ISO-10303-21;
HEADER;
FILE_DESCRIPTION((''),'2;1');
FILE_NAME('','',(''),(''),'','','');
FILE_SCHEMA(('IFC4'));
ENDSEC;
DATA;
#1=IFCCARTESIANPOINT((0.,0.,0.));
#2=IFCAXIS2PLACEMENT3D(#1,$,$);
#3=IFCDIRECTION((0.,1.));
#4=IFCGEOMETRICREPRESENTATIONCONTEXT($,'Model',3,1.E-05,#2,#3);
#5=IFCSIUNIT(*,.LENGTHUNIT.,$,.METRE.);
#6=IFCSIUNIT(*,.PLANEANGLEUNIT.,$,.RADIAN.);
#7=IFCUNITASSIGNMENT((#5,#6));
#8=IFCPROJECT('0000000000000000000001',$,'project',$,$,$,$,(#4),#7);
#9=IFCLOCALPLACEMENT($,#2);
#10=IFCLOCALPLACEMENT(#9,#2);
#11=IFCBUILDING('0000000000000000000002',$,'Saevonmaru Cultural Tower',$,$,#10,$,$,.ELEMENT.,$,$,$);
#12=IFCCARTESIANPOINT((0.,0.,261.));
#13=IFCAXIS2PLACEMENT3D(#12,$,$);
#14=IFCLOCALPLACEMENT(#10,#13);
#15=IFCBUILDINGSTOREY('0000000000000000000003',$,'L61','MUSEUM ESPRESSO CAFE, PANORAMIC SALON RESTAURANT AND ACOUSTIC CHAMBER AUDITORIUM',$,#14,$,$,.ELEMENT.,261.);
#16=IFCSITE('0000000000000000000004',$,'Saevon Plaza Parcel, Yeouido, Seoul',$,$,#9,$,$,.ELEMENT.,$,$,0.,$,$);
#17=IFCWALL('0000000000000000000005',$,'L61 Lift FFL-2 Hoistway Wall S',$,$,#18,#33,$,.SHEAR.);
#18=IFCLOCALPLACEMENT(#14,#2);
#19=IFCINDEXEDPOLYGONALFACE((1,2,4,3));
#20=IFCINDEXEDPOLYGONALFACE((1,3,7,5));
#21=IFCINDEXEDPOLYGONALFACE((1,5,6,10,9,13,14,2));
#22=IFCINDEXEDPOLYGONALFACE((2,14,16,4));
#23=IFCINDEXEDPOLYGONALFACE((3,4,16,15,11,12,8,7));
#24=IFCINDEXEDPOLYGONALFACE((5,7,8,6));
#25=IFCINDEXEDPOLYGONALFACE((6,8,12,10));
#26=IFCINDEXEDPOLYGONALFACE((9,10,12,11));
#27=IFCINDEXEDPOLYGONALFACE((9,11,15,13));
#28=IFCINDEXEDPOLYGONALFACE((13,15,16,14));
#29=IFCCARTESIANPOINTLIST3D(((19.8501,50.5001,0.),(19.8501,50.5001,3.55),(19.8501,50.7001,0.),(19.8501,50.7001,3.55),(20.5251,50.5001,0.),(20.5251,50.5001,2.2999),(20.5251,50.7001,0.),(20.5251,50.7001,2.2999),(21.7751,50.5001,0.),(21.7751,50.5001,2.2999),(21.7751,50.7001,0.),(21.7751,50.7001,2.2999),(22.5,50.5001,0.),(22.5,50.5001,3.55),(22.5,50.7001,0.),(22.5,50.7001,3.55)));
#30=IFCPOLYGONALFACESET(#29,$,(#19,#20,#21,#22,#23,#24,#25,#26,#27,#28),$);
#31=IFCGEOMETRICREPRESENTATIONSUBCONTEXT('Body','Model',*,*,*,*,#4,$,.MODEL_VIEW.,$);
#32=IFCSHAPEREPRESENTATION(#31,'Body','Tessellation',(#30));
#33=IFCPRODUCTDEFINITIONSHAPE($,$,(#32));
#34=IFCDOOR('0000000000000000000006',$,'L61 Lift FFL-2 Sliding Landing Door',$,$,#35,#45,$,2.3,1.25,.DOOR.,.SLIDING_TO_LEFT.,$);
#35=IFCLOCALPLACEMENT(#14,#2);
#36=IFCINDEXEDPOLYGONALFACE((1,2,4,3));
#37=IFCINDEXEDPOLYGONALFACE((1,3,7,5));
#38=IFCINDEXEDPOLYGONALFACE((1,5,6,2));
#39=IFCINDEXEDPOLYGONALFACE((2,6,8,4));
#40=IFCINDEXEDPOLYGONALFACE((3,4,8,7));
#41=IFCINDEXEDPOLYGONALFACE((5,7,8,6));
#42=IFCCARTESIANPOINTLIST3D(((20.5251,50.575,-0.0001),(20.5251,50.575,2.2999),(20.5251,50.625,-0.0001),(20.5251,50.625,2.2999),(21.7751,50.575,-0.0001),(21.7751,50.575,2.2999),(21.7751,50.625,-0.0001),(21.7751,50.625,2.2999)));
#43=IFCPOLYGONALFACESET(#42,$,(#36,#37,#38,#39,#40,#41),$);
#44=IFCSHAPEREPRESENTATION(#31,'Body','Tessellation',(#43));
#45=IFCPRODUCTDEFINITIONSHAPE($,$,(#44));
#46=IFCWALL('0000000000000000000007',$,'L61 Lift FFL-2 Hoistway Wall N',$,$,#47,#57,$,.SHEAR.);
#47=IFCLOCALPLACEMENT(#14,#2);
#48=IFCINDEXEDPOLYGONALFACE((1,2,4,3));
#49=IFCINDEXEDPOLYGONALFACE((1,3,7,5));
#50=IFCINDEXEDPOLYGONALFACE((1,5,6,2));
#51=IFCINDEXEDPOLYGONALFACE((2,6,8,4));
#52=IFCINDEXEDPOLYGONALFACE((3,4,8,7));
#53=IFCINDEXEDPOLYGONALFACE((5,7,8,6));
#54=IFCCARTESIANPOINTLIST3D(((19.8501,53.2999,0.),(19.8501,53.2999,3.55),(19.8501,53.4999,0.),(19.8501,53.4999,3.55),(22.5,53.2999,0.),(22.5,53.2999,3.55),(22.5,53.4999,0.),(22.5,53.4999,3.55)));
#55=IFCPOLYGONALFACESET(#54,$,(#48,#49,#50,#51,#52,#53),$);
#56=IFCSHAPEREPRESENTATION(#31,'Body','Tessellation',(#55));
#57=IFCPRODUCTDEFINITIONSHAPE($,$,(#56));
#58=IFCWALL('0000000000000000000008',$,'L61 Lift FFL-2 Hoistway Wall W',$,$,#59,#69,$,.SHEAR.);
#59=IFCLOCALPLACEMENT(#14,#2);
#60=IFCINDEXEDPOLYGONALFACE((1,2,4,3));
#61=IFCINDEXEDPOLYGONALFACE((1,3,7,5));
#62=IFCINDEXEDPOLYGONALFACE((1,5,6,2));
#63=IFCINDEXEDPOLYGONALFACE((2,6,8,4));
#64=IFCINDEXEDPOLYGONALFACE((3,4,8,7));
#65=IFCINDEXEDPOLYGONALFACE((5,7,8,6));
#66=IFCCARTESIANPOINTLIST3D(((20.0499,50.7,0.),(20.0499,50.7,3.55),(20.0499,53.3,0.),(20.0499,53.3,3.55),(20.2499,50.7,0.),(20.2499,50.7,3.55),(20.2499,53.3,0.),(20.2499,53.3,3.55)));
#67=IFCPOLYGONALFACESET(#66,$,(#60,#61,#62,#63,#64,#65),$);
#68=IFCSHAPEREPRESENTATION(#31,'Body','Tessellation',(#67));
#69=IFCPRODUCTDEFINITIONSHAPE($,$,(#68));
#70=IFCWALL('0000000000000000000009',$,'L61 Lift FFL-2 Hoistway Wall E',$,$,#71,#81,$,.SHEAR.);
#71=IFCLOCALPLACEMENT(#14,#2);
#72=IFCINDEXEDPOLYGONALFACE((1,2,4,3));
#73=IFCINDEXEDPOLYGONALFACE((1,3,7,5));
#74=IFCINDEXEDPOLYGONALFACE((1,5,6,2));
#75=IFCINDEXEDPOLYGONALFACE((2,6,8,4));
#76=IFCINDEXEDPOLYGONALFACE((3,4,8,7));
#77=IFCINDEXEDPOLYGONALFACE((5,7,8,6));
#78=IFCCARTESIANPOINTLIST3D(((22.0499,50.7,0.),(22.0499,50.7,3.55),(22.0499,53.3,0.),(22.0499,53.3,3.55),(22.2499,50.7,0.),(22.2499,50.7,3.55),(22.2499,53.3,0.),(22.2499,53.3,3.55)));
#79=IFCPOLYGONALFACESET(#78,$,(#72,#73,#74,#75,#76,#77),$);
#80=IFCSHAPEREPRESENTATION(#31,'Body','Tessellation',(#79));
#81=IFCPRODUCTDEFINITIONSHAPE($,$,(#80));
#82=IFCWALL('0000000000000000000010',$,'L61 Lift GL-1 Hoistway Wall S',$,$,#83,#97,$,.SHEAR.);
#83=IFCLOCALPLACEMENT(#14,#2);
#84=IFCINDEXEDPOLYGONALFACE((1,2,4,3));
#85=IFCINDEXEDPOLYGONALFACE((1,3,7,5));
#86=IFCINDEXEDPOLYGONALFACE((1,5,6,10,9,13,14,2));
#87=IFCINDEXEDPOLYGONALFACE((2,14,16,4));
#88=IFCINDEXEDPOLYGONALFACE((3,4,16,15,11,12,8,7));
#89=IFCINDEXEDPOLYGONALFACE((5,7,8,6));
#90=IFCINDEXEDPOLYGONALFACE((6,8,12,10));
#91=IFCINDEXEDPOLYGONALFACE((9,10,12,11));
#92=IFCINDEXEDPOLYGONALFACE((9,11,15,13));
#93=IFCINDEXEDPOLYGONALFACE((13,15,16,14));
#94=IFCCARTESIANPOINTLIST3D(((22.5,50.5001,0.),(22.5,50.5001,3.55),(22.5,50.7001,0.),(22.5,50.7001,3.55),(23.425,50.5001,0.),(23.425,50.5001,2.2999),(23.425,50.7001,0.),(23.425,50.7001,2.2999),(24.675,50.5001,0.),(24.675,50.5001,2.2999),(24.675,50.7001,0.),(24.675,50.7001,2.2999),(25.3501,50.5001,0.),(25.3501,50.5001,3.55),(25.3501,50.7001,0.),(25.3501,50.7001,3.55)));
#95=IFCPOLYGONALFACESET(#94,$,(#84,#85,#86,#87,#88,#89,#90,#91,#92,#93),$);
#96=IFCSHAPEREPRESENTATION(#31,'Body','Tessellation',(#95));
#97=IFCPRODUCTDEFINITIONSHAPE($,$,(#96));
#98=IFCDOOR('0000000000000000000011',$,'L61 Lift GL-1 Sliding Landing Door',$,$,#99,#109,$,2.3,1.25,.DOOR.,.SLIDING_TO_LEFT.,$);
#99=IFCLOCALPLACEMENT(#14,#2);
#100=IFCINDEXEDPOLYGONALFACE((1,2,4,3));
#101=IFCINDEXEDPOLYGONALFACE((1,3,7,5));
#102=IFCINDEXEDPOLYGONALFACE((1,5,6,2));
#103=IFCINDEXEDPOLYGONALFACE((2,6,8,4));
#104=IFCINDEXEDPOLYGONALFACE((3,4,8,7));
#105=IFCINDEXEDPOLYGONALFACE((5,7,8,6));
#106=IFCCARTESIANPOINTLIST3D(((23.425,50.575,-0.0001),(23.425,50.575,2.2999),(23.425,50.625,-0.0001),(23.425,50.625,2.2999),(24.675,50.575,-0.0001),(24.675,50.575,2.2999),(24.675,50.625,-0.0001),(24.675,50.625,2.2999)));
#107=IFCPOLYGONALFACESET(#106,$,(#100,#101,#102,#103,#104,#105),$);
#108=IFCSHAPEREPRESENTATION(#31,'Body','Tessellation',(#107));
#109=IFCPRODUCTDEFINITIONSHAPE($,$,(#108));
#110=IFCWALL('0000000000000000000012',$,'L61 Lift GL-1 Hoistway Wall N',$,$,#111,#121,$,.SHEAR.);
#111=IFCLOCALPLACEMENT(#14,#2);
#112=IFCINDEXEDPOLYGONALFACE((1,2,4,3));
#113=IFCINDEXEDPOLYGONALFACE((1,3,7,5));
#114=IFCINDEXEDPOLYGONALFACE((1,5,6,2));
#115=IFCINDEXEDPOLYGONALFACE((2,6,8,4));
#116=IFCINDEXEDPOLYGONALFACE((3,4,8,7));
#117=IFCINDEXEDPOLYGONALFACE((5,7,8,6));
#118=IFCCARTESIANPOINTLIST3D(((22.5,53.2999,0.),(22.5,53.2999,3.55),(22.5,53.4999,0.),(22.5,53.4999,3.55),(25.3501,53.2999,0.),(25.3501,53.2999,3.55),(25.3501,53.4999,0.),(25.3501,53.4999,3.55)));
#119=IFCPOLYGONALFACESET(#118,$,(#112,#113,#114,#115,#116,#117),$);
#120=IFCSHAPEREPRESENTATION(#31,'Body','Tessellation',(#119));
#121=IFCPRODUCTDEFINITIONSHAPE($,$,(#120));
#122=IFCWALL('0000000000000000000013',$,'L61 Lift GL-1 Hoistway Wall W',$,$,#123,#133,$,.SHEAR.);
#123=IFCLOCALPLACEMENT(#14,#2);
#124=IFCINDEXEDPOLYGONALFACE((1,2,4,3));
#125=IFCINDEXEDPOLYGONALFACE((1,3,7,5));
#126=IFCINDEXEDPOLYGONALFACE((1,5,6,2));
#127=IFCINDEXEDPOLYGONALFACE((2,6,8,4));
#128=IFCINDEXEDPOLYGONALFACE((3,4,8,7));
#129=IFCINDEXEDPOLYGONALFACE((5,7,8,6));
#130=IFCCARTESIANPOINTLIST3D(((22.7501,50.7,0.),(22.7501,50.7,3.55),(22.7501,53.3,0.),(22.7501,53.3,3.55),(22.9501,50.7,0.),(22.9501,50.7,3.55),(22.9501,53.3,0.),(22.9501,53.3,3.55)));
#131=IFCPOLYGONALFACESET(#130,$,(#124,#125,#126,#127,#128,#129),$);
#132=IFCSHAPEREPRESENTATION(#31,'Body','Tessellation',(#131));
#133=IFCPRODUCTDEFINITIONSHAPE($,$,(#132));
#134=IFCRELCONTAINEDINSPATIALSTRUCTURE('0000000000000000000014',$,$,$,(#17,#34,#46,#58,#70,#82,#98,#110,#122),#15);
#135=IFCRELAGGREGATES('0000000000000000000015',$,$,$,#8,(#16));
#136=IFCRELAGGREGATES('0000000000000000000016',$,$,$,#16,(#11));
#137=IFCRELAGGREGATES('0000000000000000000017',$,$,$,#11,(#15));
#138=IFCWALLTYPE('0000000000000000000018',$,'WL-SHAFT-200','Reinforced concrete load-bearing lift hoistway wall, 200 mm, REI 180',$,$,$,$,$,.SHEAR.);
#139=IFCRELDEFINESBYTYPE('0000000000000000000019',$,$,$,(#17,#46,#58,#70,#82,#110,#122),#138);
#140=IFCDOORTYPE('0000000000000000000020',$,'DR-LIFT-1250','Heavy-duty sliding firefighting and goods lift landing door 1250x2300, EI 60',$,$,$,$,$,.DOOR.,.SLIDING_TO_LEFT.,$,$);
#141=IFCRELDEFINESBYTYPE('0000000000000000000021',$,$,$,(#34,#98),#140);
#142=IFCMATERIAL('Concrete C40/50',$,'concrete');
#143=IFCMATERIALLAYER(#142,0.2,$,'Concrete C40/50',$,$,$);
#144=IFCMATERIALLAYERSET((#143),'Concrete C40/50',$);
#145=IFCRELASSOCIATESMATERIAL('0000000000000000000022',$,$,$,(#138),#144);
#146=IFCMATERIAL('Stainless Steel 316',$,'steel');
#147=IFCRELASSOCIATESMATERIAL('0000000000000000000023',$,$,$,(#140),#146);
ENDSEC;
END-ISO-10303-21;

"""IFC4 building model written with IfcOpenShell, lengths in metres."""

from ifc_helpers import new_model, si_unit, direction, frame, frame_2d, origin, place, context, subcontext, project, spatial, rectangle, extrude, material, layer, layer_set, type_object, element, fill, save


model = new_model("IFC4")

# Units and contexts
model_context = context("Model", 3, precision=1e-05, world=origin(), true_north=direction((0.0, 1.0)))
body_context = subcontext(model_context, "Body", "Model", "MODEL_VIEW")
ifc_project = project(units=[si_unit("LENGTHUNIT", "METRE"), si_unit("PLANEANGLEUNIT", "RADIAN")], contexts=[model_context])

# Site, building, storey
site_placement = place(None, origin())
site = spatial("IfcSite", under=ifc_project, at=site_placement, Name="Saevon Plaza Parcel, Yeouido, Seoul", CompositionType="ELEMENT", RefElevation=0.0)
building_placement = place(site_placement, origin())
building = spatial("IfcBuilding", under=site, at=building_placement, Name="Saevonmaru Cultural Tower", CompositionType="ELEMENT")
storey_placement = place(building_placement, frame((0.0, 0.0, 261.0)))
storey = spatial("IfcBuildingStorey", under=building, at=storey_placement, Name="L61", Description="MUSEUM ESPRESSO CAFE, PANORAMIC SALON RESTAURANT AND ACOUSTIC CHAMBER AUDITORIUM", CompositionType="ELEMENT", Elevation=261.0)

# Shared definitions
ifc_material_1 = material(Name="Concrete C40/50", Category="concrete")
ifc_layer_1 = layer(ifc_material_1, 0.2, Name="Concrete C40/50")
ifc_layer_set_1 = layer_set([ifc_layer_1], Name="Concrete C40/50")
wall_type_1 = type_object("IfcWallType", Name="WL-SHAFT-200", Description="Reinforced concrete load-bearing lift hoistway wall, 200 mm, REI 180", PredefinedType="SHEAR", material=ifc_layer_set_1)

# Wall, opening, door
wall_1_placement = place(storey_placement, frame((19.8501, 50.6001, 0.0), z_axis=(0.0, 0.0, 1.0), x_axis=(1.0, 0.0, 0.0)))
wall_1 = element("IfcWall", 1, at=wall_1_placement, inside=storey, type_object=wall_type_1, Name="L61 Lift FFL-2 Hoistway Wall S", PredefinedType="SHEAR", context=body_context, shape_type="SweptSolid", body=[
    extrude(rectangle(XDim=2.6499, YDim=0.2, at=frame_2d((1.325, 0.0))), origin(), (0.0, 0.0, 1.0), 3.55),
])
opening_1_placement = place(wall_1_placement, frame((0.675, 0.0, 0.0)))
opening_1 = element("IfcOpeningElement", 2, at=opening_1_placement, cuts=wall_1, PredefinedType="OPENING", context=body_context, shape_type="SweptSolid", body=[
    extrude(rectangle(XDim=1.25, YDim=2.3, at=frame_2d((0.625, 1.1499))), frame((0.0, 0.1099, 0.0), z_axis=(0.0, -1.0, 0.0), x_axis=(1.0, 0.0, 0.0)), (0.0, 0.0, 1.0), 0.22),
])
ifc_material_2 = material(Name="Stainless Steel 316", Category="steel")
door_type_1 = type_object("IfcDoorType", Name="DR-LIFT-1250", Description="Heavy-duty sliding firefighting and goods lift landing door 1250x2300, EI 60", OperationType="SLIDING_TO_LEFT", PredefinedType="DOOR", material=ifc_material_2)
door_1_placement = place(opening_1_placement, origin())
door_1 = element("IfcDoor", 3, at=door_1_placement, inside=storey, type_object=door_type_1, Name="L61 Lift FFL-2 Sliding Landing Door", OperationType="SLIDING_TO_LEFT", OverallHeight=2.3, OverallWidth=1.25, PredefinedType="DOOR", context=body_context, shape_type="SweptSolid", body=[
    extrude(rectangle(XDim=1.25, YDim=2.3, at=frame_2d((0.625, 1.1499))), frame((0.0, 0.0249, 0.0), z_axis=(0.0, -1.0, 0.0), x_axis=(1.0, 0.0, 0.0)), (0.0, 0.0, 1.0), 0.05),
])
fill(opening_1, door_1)

# Walls
wall_2_placement = place(storey_placement, frame((19.8501, 53.3999, 0.0), z_axis=(0.0, 0.0, 1.0), x_axis=(1.0, 0.0, 0.0)))
element("IfcWall", 4, at=wall_2_placement, inside=storey, type_object=wall_type_1, Name="L61 Lift FFL-2 Hoistway Wall N", PredefinedType="SHEAR", context=body_context, shape_type="SweptSolid", body=[
    extrude(rectangle(XDim=2.6499, YDim=0.2, at=frame_2d((1.325, 0.0))), origin(), (0.0, 0.0, 1.0), 3.55),
])
for number, where, z_axis, x_axis, name in (
    (5, (20.1499, 50.7, 0.0), (0.0, 0.0, 1.0), (0.0, 1.0, 0.0), "L61 Lift FFL-2 Hoistway Wall W"),
    (6, (22.1499, 50.7, 0.0), (0.0, 0.0, 1.0), (0.0, 1.0, 0.0), "L61 Lift FFL-2 Hoistway Wall E"),
):
    element("IfcWall", number, at=place(storey_placement, frame(where, z_axis=z_axis, x_axis=x_axis)), inside=storey, type_object=wall_type_1, Name=name, PredefinedType="SHEAR", context=body_context, shape_type="SweptSolid", body=[
        extrude(rectangle(XDim=2.6001, YDim=0.2, at=frame_2d((1.3, 0.0))), origin(), (0.0, 0.0, 1.0), 3.55),
    ])

# Wall, opening, door
wall_3_placement = place(storey_placement, frame((22.5, 50.6001, 0.0), z_axis=(0.0, 0.0, 1.0), x_axis=(1.0, 0.0, 0.0)))
wall_3 = element("IfcWall", 7, at=wall_3_placement, inside=storey, type_object=wall_type_1, Name="L61 Lift GL-1 Hoistway Wall S", PredefinedType="SHEAR", context=body_context, shape_type="SweptSolid", body=[
    extrude(rectangle(XDim=2.8501, YDim=0.2, at=frame_2d((1.425, 0.0))), origin(), (0.0, 0.0, 1.0), 3.55),
])
opening_2_placement = place(wall_3_placement, frame((0.925, 0.0, 0.0)))
opening_2 = element("IfcOpeningElement", 8, at=opening_2_placement, cuts=wall_3, PredefinedType="OPENING", context=body_context, shape_type="SweptSolid", body=[
    extrude(rectangle(XDim=1.25, YDim=2.3, at=frame_2d((0.625, 1.1499))), frame((0.0, 0.1099, 0.0), z_axis=(0.0, -1.0, 0.0), x_axis=(1.0, 0.0, 0.0)), (0.0, 0.0, 1.0), 0.22),
])
door_2_placement = place(opening_2_placement, origin())
door_2 = element("IfcDoor", 9, at=door_2_placement, inside=storey, type_object=door_type_1, Name="L61 Lift GL-1 Sliding Landing Door", OperationType="SLIDING_TO_LEFT", OverallHeight=2.3, OverallWidth=1.25, PredefinedType="DOOR", context=body_context, shape_type="SweptSolid", body=[
    extrude(rectangle(XDim=1.25, YDim=2.3, at=frame_2d((0.625, 1.1499))), frame((0.0, 0.0249, 0.0), z_axis=(0.0, -1.0, 0.0), x_axis=(1.0, 0.0, 0.0)), (0.0, 0.0, 1.0), 0.05),
])
fill(opening_2, door_2)

# Walls
wall_4_placement = place(storey_placement, frame((22.5, 53.3999, 0.0), z_axis=(0.0, 0.0, 1.0), x_axis=(1.0, 0.0, 0.0)))
element("IfcWall", 10, at=wall_4_placement, inside=storey, type_object=wall_type_1, Name="L61 Lift GL-1 Hoistway Wall N", PredefinedType="SHEAR", context=body_context, shape_type="SweptSolid", body=[
    extrude(rectangle(XDim=2.8501, YDim=0.2, at=frame_2d((1.425, 0.0))), origin(), (0.0, 0.0, 1.0), 3.55),
])
wall_5_placement = place(storey_placement, frame((22.8501, 50.7, 0.0), z_axis=(0.0, 0.0, 1.0), x_axis=(0.0, 1.0, 0.0)))
element("IfcWall", 11, at=wall_5_placement, inside=storey, type_object=wall_type_1, Name="L61 Lift GL-1 Hoistway Wall W", PredefinedType="SHEAR", context=body_context, shape_type="SweptSolid", body=[
    extrude(rectangle(XDim=2.6001, YDim=0.2, at=frame_2d((1.3, 0.0))), origin(), (0.0, 0.0, 1.0), 3.55),
])

save(model, "model.ifc")
